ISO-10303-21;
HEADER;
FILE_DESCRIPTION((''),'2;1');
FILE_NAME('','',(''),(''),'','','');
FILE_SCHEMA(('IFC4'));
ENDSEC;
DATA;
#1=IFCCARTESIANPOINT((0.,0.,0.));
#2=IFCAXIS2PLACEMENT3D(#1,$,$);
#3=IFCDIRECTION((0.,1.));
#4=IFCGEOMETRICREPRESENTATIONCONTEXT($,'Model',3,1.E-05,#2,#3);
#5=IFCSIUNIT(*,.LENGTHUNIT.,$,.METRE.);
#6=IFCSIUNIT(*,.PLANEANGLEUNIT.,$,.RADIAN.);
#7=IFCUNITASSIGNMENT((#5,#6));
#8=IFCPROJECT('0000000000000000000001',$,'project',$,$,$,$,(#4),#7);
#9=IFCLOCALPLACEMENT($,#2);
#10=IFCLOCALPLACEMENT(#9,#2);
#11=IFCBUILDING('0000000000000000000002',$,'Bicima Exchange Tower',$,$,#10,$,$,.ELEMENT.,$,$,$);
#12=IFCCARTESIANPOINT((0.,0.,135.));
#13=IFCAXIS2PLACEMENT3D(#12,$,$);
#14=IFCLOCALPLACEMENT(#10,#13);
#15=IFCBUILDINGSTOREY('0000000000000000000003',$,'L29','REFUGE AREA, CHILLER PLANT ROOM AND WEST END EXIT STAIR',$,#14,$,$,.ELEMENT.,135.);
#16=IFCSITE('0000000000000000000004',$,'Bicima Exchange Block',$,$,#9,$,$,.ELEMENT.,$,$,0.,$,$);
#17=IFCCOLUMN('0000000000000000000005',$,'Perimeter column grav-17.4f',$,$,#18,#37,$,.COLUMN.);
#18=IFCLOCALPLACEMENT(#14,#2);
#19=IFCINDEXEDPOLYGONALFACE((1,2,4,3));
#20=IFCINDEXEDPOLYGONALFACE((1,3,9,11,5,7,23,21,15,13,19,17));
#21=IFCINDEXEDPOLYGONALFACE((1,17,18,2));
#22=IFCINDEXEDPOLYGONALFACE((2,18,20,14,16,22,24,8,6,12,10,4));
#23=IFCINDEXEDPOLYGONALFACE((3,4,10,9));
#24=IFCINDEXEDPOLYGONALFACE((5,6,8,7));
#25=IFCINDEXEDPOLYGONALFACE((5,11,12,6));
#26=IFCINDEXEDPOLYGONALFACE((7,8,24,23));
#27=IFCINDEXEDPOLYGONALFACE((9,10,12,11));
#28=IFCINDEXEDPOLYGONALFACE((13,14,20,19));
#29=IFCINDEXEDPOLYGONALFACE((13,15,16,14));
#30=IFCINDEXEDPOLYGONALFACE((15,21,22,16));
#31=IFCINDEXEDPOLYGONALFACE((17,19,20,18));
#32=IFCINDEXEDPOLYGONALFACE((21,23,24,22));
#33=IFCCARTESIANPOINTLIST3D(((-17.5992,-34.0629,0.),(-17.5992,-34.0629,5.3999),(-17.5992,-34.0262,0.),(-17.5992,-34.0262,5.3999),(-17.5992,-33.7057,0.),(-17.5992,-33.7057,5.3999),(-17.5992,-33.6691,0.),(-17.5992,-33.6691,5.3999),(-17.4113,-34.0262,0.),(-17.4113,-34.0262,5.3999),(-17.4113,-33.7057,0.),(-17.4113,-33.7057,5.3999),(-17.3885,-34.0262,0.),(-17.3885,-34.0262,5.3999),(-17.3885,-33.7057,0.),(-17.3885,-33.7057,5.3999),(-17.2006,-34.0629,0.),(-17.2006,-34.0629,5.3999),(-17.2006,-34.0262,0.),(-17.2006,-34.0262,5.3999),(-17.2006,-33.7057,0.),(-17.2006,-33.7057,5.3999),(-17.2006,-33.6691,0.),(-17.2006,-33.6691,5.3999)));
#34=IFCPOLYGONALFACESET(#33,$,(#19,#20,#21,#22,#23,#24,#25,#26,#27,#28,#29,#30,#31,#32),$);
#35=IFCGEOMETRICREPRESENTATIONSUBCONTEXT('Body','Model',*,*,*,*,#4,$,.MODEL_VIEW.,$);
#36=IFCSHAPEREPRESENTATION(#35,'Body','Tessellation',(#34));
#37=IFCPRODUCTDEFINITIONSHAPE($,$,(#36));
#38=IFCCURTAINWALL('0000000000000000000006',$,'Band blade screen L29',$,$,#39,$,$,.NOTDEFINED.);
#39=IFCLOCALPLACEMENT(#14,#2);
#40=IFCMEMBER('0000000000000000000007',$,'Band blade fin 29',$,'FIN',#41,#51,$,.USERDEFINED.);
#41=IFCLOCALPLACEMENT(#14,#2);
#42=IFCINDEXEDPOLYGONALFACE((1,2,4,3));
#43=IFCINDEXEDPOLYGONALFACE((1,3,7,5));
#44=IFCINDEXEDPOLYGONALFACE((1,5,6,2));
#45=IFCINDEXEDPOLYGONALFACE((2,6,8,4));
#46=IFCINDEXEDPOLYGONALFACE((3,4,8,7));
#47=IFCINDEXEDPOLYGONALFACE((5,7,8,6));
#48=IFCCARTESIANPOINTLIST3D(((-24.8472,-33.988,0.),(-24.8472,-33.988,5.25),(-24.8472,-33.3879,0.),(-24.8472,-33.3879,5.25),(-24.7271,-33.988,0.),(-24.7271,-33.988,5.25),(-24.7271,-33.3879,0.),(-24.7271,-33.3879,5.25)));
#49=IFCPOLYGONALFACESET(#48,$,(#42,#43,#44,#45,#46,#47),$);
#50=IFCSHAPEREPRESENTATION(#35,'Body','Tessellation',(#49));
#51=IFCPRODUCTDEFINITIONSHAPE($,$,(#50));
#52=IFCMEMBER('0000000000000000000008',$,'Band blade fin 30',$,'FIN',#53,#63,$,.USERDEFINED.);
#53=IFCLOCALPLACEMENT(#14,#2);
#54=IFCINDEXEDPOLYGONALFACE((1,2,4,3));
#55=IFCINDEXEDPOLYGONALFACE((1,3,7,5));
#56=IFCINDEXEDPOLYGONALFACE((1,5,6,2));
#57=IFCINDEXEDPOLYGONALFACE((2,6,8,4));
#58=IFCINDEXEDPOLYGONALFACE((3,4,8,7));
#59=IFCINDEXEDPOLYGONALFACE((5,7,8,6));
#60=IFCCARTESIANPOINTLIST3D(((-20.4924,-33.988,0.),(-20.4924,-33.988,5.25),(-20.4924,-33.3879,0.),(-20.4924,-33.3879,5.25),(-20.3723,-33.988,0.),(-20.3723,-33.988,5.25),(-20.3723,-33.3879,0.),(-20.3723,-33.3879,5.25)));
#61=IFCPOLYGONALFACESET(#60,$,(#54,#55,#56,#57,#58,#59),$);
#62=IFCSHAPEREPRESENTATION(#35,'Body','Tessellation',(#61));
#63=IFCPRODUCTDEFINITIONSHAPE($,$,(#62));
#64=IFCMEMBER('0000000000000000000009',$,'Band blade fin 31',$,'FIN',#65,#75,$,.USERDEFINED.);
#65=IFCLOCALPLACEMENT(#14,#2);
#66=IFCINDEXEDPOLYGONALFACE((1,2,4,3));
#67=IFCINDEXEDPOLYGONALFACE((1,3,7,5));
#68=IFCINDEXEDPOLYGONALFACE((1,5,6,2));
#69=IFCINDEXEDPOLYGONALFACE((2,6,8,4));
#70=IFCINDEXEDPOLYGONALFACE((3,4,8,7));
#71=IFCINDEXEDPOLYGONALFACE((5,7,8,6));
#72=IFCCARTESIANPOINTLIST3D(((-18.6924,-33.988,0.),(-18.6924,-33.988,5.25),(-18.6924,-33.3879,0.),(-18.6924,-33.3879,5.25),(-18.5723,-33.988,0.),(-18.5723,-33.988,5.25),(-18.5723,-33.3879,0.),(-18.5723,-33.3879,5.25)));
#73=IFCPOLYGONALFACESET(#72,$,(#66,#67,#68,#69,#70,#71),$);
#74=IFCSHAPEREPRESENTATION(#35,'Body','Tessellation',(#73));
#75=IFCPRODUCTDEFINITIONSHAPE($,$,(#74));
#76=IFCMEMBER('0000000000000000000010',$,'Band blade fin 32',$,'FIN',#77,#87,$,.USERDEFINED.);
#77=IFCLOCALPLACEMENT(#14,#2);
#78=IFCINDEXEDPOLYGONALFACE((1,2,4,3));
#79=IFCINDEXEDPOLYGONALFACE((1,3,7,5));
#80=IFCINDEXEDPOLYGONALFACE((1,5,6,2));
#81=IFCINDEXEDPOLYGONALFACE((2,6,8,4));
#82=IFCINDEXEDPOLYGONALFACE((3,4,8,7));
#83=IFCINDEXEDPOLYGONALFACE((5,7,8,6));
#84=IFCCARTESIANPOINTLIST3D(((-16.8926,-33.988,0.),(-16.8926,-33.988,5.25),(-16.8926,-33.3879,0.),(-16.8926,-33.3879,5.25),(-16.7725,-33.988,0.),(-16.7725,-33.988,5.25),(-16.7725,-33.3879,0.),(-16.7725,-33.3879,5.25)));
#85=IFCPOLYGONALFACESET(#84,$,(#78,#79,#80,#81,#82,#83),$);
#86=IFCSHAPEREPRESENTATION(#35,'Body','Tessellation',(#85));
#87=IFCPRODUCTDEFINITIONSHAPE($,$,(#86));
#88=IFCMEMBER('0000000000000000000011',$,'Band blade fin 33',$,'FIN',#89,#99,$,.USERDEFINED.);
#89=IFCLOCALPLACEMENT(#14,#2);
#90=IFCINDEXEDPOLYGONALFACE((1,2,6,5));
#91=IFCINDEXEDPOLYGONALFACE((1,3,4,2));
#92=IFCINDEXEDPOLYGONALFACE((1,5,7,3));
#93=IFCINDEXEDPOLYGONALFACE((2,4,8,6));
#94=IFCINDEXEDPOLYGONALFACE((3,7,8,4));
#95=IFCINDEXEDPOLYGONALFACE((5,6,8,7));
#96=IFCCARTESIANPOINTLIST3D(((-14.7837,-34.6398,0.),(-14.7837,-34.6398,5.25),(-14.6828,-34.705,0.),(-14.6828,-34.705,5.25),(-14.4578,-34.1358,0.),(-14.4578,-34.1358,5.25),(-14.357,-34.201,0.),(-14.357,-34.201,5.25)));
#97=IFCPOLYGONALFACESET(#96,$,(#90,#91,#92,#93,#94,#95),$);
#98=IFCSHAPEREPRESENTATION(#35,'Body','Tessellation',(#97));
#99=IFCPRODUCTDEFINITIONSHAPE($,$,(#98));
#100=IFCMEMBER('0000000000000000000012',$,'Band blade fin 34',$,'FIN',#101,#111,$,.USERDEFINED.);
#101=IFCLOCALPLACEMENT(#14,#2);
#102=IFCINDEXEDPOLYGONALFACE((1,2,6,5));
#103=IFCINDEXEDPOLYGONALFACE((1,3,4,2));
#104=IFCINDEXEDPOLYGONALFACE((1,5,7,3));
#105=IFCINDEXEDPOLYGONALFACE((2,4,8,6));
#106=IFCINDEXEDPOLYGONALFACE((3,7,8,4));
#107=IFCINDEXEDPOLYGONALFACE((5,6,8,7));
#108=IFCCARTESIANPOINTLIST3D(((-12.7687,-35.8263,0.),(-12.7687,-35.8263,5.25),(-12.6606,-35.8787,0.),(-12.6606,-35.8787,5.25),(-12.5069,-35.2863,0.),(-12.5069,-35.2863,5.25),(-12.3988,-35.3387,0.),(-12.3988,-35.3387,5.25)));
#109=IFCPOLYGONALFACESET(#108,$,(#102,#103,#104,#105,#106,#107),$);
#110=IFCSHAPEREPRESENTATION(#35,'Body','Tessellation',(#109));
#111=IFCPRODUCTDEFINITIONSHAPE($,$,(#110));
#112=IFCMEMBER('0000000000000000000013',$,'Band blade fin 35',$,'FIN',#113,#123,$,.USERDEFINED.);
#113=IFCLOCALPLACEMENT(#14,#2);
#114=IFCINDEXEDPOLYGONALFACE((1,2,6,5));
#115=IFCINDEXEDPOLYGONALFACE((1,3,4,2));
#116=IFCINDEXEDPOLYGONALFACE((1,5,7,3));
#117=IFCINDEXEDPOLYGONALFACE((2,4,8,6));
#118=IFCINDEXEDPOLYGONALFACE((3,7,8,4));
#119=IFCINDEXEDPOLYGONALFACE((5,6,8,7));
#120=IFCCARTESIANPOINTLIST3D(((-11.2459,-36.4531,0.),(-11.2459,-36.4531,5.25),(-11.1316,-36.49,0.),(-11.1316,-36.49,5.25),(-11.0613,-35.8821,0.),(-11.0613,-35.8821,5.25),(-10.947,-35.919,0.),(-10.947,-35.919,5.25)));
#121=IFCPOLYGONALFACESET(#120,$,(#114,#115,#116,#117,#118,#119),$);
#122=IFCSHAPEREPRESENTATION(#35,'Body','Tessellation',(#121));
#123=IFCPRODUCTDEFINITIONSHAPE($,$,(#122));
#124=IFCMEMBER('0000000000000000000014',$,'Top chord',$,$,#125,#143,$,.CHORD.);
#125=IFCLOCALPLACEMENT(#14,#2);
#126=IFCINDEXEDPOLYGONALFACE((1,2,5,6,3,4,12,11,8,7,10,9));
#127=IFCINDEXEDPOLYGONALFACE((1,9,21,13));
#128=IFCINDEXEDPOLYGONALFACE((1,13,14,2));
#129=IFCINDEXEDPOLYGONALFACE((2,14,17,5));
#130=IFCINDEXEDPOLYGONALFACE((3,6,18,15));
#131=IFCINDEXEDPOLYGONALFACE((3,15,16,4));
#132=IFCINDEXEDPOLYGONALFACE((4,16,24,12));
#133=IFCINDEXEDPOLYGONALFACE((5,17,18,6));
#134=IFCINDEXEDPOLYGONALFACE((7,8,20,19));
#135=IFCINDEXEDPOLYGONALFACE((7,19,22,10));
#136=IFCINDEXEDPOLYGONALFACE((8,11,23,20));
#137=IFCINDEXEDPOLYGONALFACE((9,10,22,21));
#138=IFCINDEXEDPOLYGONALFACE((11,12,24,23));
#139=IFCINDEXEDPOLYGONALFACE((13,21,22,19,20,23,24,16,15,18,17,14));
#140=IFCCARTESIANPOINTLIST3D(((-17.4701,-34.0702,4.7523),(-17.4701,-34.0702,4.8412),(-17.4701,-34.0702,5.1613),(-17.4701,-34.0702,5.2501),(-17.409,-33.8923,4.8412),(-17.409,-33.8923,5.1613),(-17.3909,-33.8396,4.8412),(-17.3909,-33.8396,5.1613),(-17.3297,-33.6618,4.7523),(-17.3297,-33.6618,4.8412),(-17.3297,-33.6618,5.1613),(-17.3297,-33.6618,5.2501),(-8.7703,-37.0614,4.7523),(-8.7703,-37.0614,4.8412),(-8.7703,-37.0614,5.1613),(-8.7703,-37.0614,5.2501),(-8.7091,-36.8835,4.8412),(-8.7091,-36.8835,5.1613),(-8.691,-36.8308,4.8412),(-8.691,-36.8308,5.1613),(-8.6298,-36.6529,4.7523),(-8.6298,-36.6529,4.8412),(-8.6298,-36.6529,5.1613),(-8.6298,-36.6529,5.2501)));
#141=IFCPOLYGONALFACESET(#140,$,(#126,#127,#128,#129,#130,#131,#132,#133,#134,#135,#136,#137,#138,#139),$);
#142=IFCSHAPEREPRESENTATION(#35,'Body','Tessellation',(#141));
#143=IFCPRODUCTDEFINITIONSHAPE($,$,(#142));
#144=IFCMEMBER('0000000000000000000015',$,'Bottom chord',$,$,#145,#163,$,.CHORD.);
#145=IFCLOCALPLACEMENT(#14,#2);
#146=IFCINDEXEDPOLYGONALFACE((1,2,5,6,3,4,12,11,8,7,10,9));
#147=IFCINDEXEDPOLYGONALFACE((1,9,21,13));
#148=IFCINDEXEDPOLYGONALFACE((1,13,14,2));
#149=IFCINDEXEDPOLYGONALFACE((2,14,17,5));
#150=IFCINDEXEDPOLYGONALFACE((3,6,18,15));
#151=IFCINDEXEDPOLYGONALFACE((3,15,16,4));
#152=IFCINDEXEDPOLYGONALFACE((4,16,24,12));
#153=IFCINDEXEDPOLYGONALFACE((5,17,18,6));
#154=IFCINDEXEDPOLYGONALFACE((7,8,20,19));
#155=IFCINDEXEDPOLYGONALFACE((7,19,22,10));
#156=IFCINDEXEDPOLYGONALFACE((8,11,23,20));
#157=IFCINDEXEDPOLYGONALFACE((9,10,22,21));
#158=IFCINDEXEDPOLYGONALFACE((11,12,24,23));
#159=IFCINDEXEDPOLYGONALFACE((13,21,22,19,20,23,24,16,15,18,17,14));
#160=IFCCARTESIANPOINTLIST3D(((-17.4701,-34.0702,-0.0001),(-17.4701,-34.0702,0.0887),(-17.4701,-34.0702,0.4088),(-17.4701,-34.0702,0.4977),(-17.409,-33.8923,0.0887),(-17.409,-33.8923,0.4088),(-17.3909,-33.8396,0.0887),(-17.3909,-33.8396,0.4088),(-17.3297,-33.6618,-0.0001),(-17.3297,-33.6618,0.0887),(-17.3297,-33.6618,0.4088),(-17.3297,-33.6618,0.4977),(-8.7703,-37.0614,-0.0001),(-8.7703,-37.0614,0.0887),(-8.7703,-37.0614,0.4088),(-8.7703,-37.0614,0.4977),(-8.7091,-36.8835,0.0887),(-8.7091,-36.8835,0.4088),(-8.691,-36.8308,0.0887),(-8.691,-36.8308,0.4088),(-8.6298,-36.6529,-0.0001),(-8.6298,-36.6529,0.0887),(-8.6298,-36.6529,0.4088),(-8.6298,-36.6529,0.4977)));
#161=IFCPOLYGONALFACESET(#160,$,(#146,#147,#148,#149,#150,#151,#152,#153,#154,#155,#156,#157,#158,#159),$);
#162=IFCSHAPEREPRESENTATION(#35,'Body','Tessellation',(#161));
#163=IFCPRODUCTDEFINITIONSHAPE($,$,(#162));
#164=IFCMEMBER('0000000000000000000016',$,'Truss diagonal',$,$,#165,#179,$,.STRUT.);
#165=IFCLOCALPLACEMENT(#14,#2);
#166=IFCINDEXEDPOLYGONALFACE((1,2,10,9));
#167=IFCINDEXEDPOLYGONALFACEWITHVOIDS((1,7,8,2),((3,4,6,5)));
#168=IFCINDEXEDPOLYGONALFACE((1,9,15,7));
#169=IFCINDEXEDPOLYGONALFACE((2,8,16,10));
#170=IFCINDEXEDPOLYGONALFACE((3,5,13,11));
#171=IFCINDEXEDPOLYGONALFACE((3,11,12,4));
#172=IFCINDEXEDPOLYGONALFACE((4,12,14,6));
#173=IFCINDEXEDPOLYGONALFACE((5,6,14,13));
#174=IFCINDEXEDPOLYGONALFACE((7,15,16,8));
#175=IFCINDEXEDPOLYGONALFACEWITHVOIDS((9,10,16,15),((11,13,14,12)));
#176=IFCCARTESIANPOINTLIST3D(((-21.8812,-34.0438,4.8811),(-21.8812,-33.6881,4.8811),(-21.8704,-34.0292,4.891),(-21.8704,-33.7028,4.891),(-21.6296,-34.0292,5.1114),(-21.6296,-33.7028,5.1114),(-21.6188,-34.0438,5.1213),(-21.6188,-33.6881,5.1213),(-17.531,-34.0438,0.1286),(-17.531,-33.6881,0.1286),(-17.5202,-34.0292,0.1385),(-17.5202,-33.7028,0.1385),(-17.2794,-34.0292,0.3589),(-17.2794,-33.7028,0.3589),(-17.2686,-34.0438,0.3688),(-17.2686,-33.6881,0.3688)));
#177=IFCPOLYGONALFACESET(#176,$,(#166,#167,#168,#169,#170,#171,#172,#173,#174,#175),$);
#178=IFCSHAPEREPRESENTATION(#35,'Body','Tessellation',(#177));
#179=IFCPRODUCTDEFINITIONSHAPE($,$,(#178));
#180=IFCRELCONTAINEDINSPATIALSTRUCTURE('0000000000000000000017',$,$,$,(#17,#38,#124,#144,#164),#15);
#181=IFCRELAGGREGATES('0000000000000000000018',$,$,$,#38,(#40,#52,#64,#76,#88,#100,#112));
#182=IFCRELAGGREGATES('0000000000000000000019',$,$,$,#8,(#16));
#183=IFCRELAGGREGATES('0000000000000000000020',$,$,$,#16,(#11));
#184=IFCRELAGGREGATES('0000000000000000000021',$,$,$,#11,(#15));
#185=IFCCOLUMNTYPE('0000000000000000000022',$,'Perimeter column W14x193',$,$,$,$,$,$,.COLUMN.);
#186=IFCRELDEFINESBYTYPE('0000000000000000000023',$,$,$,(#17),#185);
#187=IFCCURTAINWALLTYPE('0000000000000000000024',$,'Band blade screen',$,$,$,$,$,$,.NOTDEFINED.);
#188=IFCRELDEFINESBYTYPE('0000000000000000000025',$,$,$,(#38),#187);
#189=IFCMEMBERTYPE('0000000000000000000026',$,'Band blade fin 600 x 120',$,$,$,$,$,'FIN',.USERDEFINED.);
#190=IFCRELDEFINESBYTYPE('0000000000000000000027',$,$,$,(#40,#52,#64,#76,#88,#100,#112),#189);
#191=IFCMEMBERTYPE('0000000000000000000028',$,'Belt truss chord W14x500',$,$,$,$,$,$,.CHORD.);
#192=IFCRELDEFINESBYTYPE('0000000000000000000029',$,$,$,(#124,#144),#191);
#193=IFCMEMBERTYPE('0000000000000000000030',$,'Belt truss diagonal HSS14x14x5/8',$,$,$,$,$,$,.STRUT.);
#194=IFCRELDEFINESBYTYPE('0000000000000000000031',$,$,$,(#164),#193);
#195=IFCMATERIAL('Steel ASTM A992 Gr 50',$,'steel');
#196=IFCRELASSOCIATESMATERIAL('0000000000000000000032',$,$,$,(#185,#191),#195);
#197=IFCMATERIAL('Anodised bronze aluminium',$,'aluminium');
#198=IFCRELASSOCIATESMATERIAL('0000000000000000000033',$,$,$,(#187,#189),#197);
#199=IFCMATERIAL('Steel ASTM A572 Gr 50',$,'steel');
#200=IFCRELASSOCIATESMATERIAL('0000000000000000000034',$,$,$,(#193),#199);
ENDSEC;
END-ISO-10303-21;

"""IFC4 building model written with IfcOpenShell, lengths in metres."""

from ifc_helpers import new_model, si_unit, direction, frame, origin, origin_2d, place, context, subcontext, project, spatial, rectangle, hollow_rectangle, i_section, extrude, material, material_profile, profile_set, type_object, element, aggregate, save


model = new_model("IFC4")

# Units and contexts
model_context = context("Model", 3, precision=1e-05, world=origin(), true_north=direction((0.0, 1.0)))
body_context = subcontext(model_context, "Body", "Model", "MODEL_VIEW")
ifc_project = project(units=[si_unit("LENGTHUNIT", "METRE"), si_unit("PLANEANGLEUNIT", "RADIAN")], contexts=[model_context])

# Site, building, storey
site_placement = place(None, origin())
site = spatial("IfcSite", under=ifc_project, at=site_placement, Name="Bicima Exchange Block", CompositionType="ELEMENT", RefElevation=0.0)
building_placement = place(site_placement, origin())
building = spatial("IfcBuilding", under=site, at=building_placement, Name="Bicima Exchange Tower", CompositionType="ELEMENT")
storey_placement = place(building_placement, frame((0.0, 0.0, 135.0)))
storey = spatial("IfcBuildingStorey", under=building, at=storey_placement, Name="L29", Description="REFUGE AREA, CHILLER PLANT ROOM AND WEST END EXIT STAIR", CompositionType="ELEMENT", Elevation=135.0)

# Column
ifc_material_1 = material(Name="Steel ASTM A992 Gr 50", Category="steel")
ifc_material_profile_1 = material_profile(ifc_material_1, i_section(OverallWidth=0.3987, OverallDepth=0.3938, WebThickness=0.0227, FlangeThickness=0.0366, at=origin_2d()))
ifc_profile_set_1 = profile_set([ifc_material_profile_1], Name="Steel ASTM A992 Gr 50")
column_type = type_object("IfcColumnType", Name="Perimeter column W14x193", PredefinedType="COLUMN", material=ifc_profile_set_1)
column_placement = place(storey_placement, frame((-17.3999, -33.866, 0.0), z_axis=(0.0, 0.0, 1.0), x_axis=(1.0, 0.0, 0.0)))
element("IfcColumn", 1, at=column_placement, inside=storey, type_object=column_type, Name="Perimeter column grav-17.4f", PredefinedType="COLUMN", context=body_context, shape_type="SweptSolid", body=[
    extrude(i_section(OverallWidth=0.3987, OverallDepth=0.3938, WebThickness=0.0227, FlangeThickness=0.0366, at=origin_2d()), origin(), (0.0, 0.0, 1.0), 5.3999),
])

# Curtain wall, members
ifc_material_2 = material(Name="Anodised bronze aluminium", Category="aluminium")
curtain_wall_type = type_object("IfcCurtainWallType", Name="Band blade screen", PredefinedType="NOTDEFINED", material=ifc_material_2)
curtain_wall_placement = place(storey_placement, origin())
curtain_wall = element("IfcCurtainWall", 2, at=curtain_wall_placement, inside=storey, type_object=curtain_wall_type, Name="Band blade screen L29", PredefinedType="NOTDEFINED")
ifc_material_profile_2 = material_profile(ifc_material_2, rectangle(XDim=0.6001, YDim=0.1201, at=origin_2d()))
ifc_profile_set_2 = profile_set([ifc_material_profile_2], Name="Anodised bronze aluminium")
member_type_1 = type_object("IfcMemberType", Name="Band blade fin 600 x 120", ElementType="FIN", PredefinedType="USERDEFINED", material=ifc_profile_set_2)
member_1_placement = place(storey_placement, frame((-24.7871, -33.688, 0.0), z_axis=(0.0, 0.0, 1.0), x_axis=(0.0, 1.0, 0.0)))
member_1 = element("IfcMember", 3, at=member_1_placement, type_object=member_type_1, Name="Band blade fin 29", ObjectType="FIN", PredefinedType="USERDEFINED", context=body_context, shape_type="SweptSolid", body=[
    extrude(rectangle(XDim=0.6001, YDim=0.1201, at=origin_2d()), origin(), (0.0, 0.0, 1.0), 5.25),
])
member_2_placement = place(storey_placement, frame((-20.4324, -33.688, 0.0), z_axis=(0.0, 0.0, 1.0), x_axis=(0.0, 1.0, 0.0)))
member_2 = element("IfcMember", 4, at=member_2_placement, type_object=member_type_1, Name="Band blade fin 30", ObjectType="FIN", PredefinedType="USERDEFINED", context=body_context, shape_type="SweptSolid", body=[
    extrude(rectangle(XDim=0.6001, YDim=0.1201, at=origin_2d()), origin(), (0.0, 0.0, 1.0), 5.25),
])
member_3_placement = place(storey_placement, frame((-18.6323, -33.688, 0.0), z_axis=(0.0, 0.0, 1.0), x_axis=(0.0, 1.0, 0.0)))
member_3 = element("IfcMember", 5, at=member_3_placement, type_object=member_type_1, Name="Band blade fin 31", ObjectType="FIN", PredefinedType="USERDEFINED", context=body_context, shape_type="SweptSolid", body=[
    extrude(rectangle(XDim=0.6001, YDim=0.1201, at=origin_2d()), origin(), (0.0, 0.0, 1.0), 5.25),
])
member_4_placement = place(storey_placement, frame((-16.8325, -33.688, 0.0), z_axis=(0.0, 0.0, 1.0), x_axis=(0.0, 1.0, 0.0)))
member_4 = element("IfcMember", 6, at=member_4_placement, type_object=member_type_1, Name="Band blade fin 32", ObjectType="FIN", PredefinedType="USERDEFINED", context=body_context, shape_type="SweptSolid", body=[
    extrude(rectangle(XDim=0.6001, YDim=0.1201, at=origin_2d()), origin(), (0.0, 0.0, 1.0), 5.25),
])
member_5_placement = place(storey_placement, frame((-14.5703, -34.4204, 0.0), z_axis=(0.0, 0.0, 1.0), x_axis=(0.542917, 0.839787, 0.0)))
member_5 = element("IfcMember", 7, at=member_5_placement, type_object=member_type_1, Name="Band blade fin 33", ObjectType="FIN", PredefinedType="USERDEFINED", context=body_context, shape_type="SweptSolid", body=[
    extrude(rectangle(XDim=0.6001, YDim=0.1201, at=origin_2d()), origin(), (0.0, 0.0, 1.0), 5.25),
])
member_6_placement = place(storey_placement, frame((-12.5837, -35.5825, 0.0), z_axis=(0.0, 0.0, 1.0), x_axis=(0.436287, 0.899808, 0.0)))
member_6 = element("IfcMember", 8, at=member_6_placement, type_object=member_type_1, Name="Band blade fin 34", ObjectType="FIN", PredefinedType="USERDEFINED", context=body_context, shape_type="SweptSolid", body=[
    extrude(rectangle(XDim=0.6001, YDim=0.1201, at=origin_2d()), origin(), (0.0, 0.0, 1.0), 5.25),
])
member_7_placement = place(storey_placement, frame((-11.0964, -36.186, 0.0), z_axis=(0.0, 0.0, 1.0), x_axis=(0.307553, 0.951531, 0.0)))
member_7 = element("IfcMember", 9, at=member_7_placement, type_object=member_type_1, Name="Band blade fin 35", ObjectType="FIN", PredefinedType="USERDEFINED", context=body_context, shape_type="SweptSolid", body=[
    extrude(rectangle(XDim=0.6001, YDim=0.1201, at=origin_2d()), origin(), (0.0, 0.0, 1.0), 5.25),
])
aggregate(curtain_wall, [member_1, member_2, member_3, member_4, member_5, member_6, member_7])

# Members
ifc_material_profile_3 = material_profile(ifc_material_1, i_section(OverallWidth=0.4319, OverallDepth=0.4978, WebThickness=0.0557, FlangeThickness=0.0889, at=origin_2d()))
ifc_profile_set_3 = profile_set([ifc_material_profile_3], Name="Steel ASTM A992 Gr 50")
member_type_2 = type_object("IfcMemberType", Name="Belt truss chord W14x500", PredefinedType="CHORD", material=ifc_profile_set_3)
for number, where, z_axis, x_axis, name in (
    (10, (-17.3999, -33.866, 5.0012), (0.945666, -0.325138, 0.0), (0.325138, 0.945666, 0.0), "Top chord"),
    (11, (-17.3999, -33.866, 0.2488), (0.945666, -0.325138, 0.0), (0.325138, 0.945666, 0.0), "Bottom chord"),
):
    element("IfcMember", number, at=place(storey_placement, frame(where, z_axis=z_axis, x_axis=x_axis)), inside=storey, type_object=member_type_2, Name=name, PredefinedType="CHORD", context=body_context, shape_type="SweptSolid", body=[
        extrude(i_section(OverallWidth=0.4319, OverallDepth=0.4978, WebThickness=0.0557, FlangeThickness=0.0889, at=origin_2d()), origin(), (0.0, 0.0, 1.0), 9.1997),
    ])
ifc_material_3 = material(Name="Steel ASTM A572 Gr 50", Category="steel")
ifc_material_profile_4 = material_profile(ifc_material_3, hollow_rectangle(XDim=0.3557, YDim=0.3557, WallThickness=0.0146, at=origin_2d()))
ifc_profile_set_4 = profile_set([ifc_material_profile_4], Name="Steel ASTM A572 Gr 50")
member_type_3 = type_object("IfcMemberType", Name="Belt truss diagonal HSS14x14x5/8", PredefinedType="STRUT", material=ifc_profile_set_4)
member_8_placement = place(storey_placement, frame((-21.75, -33.866, 5.0012), z_axis=(0.675193, 0.0, -0.737642), x_axis=(0.0, 1.0, 0.0)))
element("IfcMember", 12, at=member_8_placement, inside=storey, type_object=member_type_3, Name="Truss diagonal", PredefinedType="STRUT", context=body_context, shape_type="SweptSolid", body=[
    extrude(hollow_rectangle(XDim=0.3557, YDim=0.3557, WallThickness=0.0146, at=origin_2d()), origin(), (0.0, 0.0, 1.0), 6.4429),
])

save(model, "model.ifc")
